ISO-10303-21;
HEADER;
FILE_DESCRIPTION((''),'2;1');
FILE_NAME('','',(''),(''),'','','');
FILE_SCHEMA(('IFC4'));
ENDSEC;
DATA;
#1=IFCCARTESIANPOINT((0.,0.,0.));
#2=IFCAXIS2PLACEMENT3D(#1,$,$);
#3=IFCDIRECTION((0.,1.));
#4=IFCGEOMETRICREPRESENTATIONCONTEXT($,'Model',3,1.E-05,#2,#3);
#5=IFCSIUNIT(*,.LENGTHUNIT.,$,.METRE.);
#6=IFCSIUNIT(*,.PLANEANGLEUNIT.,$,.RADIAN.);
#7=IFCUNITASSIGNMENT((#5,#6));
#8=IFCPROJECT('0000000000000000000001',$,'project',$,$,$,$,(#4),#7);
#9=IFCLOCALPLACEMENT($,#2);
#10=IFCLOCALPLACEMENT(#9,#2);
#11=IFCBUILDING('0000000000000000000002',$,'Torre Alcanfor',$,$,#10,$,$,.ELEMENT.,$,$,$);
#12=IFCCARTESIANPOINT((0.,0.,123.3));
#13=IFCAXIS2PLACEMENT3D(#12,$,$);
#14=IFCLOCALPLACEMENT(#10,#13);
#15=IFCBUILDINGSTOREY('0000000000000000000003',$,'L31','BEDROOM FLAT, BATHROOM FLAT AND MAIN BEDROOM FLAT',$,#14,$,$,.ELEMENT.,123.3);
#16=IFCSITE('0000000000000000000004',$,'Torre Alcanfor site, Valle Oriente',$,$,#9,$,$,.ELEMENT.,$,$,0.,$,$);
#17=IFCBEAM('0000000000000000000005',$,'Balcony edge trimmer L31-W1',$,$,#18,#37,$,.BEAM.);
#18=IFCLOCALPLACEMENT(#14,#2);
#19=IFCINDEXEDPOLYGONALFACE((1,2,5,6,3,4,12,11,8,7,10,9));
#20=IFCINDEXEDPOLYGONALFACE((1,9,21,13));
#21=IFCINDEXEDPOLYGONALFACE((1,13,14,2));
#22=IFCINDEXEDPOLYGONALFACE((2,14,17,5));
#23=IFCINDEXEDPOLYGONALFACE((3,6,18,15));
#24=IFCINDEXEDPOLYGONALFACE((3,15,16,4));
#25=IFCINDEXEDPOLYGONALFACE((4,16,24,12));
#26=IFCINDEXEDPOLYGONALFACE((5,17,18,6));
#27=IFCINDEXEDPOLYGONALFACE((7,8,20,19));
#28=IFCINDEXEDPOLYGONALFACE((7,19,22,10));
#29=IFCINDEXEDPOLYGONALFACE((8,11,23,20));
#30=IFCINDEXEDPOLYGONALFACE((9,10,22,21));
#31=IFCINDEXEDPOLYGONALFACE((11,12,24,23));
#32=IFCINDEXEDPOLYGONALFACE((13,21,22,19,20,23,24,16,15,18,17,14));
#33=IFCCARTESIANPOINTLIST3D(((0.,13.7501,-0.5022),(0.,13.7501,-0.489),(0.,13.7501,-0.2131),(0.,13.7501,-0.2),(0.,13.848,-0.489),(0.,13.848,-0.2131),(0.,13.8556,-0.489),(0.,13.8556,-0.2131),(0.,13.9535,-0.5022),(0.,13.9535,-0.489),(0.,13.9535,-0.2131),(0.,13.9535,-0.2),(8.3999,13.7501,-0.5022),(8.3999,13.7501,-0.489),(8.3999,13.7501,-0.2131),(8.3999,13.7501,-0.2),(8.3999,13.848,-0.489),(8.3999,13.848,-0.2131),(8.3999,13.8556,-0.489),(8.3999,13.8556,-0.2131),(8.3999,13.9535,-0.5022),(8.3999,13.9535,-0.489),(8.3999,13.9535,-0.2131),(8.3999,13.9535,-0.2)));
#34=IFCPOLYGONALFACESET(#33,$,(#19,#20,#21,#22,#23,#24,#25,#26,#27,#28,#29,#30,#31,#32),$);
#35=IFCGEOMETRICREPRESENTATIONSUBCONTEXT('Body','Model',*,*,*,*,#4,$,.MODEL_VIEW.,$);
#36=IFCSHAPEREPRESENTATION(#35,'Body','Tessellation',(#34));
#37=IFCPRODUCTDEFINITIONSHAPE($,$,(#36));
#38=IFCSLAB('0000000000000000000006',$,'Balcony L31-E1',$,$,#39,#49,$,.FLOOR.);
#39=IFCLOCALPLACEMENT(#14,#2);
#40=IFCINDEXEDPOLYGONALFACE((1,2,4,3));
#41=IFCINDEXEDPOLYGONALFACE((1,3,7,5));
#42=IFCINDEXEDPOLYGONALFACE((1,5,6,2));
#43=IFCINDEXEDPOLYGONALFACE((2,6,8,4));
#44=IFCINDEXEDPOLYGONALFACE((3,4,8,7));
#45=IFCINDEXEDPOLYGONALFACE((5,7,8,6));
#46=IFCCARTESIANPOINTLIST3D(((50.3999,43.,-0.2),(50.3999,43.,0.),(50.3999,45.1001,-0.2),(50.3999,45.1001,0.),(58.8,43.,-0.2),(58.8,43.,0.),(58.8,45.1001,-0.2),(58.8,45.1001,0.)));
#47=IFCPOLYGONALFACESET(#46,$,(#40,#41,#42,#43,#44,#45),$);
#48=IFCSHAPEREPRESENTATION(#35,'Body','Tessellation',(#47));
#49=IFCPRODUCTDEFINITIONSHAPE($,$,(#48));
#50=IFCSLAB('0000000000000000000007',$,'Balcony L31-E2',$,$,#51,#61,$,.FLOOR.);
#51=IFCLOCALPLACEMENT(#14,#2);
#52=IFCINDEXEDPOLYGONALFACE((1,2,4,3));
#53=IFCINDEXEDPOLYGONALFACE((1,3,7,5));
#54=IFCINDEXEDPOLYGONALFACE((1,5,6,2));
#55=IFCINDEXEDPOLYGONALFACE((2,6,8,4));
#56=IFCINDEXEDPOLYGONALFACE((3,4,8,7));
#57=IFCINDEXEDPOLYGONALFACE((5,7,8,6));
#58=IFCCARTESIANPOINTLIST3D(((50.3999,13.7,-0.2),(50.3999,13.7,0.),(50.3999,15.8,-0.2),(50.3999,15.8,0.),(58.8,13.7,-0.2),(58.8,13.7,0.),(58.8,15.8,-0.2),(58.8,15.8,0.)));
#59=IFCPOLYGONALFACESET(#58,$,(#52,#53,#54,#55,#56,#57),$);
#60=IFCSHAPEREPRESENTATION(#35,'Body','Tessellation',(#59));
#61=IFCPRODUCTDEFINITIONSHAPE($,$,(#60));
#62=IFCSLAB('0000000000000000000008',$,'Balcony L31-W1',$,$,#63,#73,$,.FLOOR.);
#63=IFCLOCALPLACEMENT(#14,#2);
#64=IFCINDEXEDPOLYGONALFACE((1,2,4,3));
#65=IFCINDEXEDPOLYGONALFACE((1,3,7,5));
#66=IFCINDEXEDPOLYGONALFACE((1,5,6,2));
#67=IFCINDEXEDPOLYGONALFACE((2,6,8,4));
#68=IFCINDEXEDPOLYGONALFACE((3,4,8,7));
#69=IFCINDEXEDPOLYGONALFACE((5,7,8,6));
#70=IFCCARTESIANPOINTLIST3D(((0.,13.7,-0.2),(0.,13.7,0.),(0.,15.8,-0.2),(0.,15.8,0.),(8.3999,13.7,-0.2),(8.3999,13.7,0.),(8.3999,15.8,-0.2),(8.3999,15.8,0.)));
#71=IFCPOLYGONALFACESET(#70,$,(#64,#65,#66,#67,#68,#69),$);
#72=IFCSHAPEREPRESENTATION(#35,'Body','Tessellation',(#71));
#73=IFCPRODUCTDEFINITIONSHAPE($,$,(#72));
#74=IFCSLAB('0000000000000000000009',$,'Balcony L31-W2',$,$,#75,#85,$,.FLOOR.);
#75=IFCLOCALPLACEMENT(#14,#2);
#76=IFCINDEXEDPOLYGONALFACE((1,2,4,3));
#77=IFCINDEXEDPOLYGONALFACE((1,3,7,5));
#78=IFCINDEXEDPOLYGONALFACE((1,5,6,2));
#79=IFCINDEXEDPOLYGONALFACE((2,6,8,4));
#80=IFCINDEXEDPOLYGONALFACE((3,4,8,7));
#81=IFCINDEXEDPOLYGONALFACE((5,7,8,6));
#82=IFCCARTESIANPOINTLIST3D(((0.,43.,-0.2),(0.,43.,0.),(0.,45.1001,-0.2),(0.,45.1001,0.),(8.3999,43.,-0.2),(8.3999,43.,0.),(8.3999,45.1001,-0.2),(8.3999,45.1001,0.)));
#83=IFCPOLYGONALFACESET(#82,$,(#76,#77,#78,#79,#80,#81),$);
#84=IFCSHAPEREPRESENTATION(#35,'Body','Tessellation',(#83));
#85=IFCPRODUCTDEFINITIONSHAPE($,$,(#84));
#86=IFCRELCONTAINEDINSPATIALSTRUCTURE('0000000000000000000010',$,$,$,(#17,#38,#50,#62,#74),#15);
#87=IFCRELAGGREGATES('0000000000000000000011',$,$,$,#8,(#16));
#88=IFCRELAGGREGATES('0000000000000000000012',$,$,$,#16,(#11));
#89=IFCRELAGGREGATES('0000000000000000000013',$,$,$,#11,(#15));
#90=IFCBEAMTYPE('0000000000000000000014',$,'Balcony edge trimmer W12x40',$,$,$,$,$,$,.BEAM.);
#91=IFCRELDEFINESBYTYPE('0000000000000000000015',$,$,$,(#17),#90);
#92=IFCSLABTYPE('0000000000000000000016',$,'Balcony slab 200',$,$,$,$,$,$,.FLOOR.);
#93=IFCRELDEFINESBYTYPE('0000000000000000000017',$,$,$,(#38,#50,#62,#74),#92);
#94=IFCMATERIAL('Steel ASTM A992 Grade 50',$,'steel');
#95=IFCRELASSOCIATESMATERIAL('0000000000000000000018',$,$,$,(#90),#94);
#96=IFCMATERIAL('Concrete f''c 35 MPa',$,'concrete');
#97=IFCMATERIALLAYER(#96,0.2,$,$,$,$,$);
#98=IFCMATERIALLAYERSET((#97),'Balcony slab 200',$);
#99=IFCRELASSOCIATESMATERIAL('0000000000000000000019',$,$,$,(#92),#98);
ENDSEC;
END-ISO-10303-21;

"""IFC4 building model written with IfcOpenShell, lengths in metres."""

from ifc_helpers import new_model, si_unit, direction, frame, origin, origin_2d, place, context, subcontext, project, spatial, polyline, i_section, outline, extrude, material, layer, layer_set, material_profile, profile_set, type_object, element, save


model = new_model("IFC4")

# Units and contexts
model_context = context("Model", 3, precision=1e-05, world=origin(), true_north=direction((0.0, 1.0)))
body_context = subcontext(model_context, "Body", "Model", "MODEL_VIEW")
ifc_project = project(units=[si_unit("LENGTHUNIT", "METRE"), si_unit("PLANEANGLEUNIT", "RADIAN")], contexts=[model_context])

# Site, building, storey
site_placement = place(None, origin())
site = spatial("IfcSite", under=ifc_project, at=site_placement, Name="Torre Alcanfor site, Valle Oriente", CompositionType="ELEMENT", RefElevation=0.0)
building_placement = place(site_placement, origin())
building = spatial("IfcBuilding", under=site, at=building_placement, Name="Torre Alcanfor", CompositionType="ELEMENT")
storey_placement = place(building_placement, frame((0.0, 0.0, 123.3)))
storey = spatial("IfcBuildingStorey", under=building, at=storey_placement, Name="L31", Description="BEDROOM FLAT, BATHROOM FLAT AND MAIN BEDROOM FLAT", CompositionType="ELEMENT", Elevation=123.3)

# Beam
ifc_material_1 = material(Name="Steel ASTM A992 Grade 50", Category="steel")
ifc_material_profile = material_profile(ifc_material_1, i_section(OverallWidth=0.2034, OverallDepth=0.3022, WebThickness=0.0076, FlangeThickness=0.0132, at=origin_2d()), Name="W12x40")
ifc_profile_set = profile_set([ifc_material_profile], Name="Steel ASTM A992 Grade 50")
beam_type = type_object("IfcBeamType", Name="Balcony edge trimmer W12x40", PredefinedType="BEAM", material=ifc_profile_set)
beam_placement = place(storey_placement, frame((8.3999, 13.8518, -0.3511), z_axis=(-1.0, 0.0, 0.0), x_axis=(0.0, -1.0, 0.0)))
element("IfcBeam", 1, at=beam_placement, inside=storey, type_object=beam_type, Name="Balcony edge trimmer L31-W1", PredefinedType="BEAM", context=body_context, shape_type="SweptSolid", body=[
    extrude(i_section(OverallWidth=0.2034, OverallDepth=0.3022, WebThickness=0.0076, FlangeThickness=0.0132, at=origin_2d()), origin(), (0.0, 0.0, 1.0), 8.3999),
])

# Slabs
ifc_material_2 = material(Name="Concrete f'c 35 MPa", Category="concrete")
ifc_layer_1 = layer(ifc_material_2, 0.2)
ifc_layer_set_1 = layer_set([ifc_layer_1], Name="Balcony slab 200")
slab_type_1 = type_object("IfcSlabType", Name="Balcony slab 200", PredefinedType="FLOOR", material=ifc_layer_set_1)
slab_1_placement = place(storey_placement, frame((0.0, 0.0, -0.2)))
element("IfcSlab", 2, at=slab_1_placement, inside=storey, type_object=slab_type_1, Name="Balcony L31-E1", PredefinedType="FLOOR", context=body_context, shape_type="SweptSolid", body=[
    extrude(outline(polyline([(50.3999, 43.0), (58.8, 43.0), (58.8, 45.1001), (50.3999, 45.1001), (50.3999, 43.0)])), origin(), (0.0, 0.0, 1.0), 0.2),
])
slab_2_placement = place(storey_placement, frame((0.0, 0.0, -0.2)))
element("IfcSlab", 3, at=slab_2_placement, inside=storey, type_object=slab_type_1, Name="Balcony L31-E2", PredefinedType="FLOOR", context=body_context, shape_type="SweptSolid", body=[
    extrude(outline(polyline([(50.3999, 13.7), (58.8, 13.7), (58.8, 15.8), (50.3999, 15.8), (50.3999, 13.7)])), origin(), (0.0, 0.0, 1.0), 0.2),
])
slab_3_placement = place(storey_placement, frame((0.0, 0.0, -0.2)))
element("IfcSlab", 4, at=slab_3_placement, inside=storey, type_object=slab_type_1, Name="Balcony L31-W1", PredefinedType="FLOOR", context=body_context, shape_type="SweptSolid", body=[
    extrude(outline(polyline([(8.3999, 15.8), (0.0, 15.8), (0.0, 13.7), (8.3999, 13.7), (8.3999, 15.8)])), origin(), (0.0, 0.0, 1.0), 0.2),
])
slab_4_placement = place(storey_placement, frame((0.0, 0.0, -0.2)))
element("IfcSlab", 5, at=slab_4_placement, inside=storey, type_object=slab_type_1, Name="Balcony L31-W2", PredefinedType="FLOOR", context=body_context, shape_type="SweptSolid", body=[
    extrude(outline(polyline([(8.3999, 45.1001), (0.0, 45.1001), (0.0, 43.0), (8.3999, 43.0), (8.3999, 45.1001)])), origin(), (0.0, 0.0, 1.0), 0.2),
])

save(model, "model.ifc")
